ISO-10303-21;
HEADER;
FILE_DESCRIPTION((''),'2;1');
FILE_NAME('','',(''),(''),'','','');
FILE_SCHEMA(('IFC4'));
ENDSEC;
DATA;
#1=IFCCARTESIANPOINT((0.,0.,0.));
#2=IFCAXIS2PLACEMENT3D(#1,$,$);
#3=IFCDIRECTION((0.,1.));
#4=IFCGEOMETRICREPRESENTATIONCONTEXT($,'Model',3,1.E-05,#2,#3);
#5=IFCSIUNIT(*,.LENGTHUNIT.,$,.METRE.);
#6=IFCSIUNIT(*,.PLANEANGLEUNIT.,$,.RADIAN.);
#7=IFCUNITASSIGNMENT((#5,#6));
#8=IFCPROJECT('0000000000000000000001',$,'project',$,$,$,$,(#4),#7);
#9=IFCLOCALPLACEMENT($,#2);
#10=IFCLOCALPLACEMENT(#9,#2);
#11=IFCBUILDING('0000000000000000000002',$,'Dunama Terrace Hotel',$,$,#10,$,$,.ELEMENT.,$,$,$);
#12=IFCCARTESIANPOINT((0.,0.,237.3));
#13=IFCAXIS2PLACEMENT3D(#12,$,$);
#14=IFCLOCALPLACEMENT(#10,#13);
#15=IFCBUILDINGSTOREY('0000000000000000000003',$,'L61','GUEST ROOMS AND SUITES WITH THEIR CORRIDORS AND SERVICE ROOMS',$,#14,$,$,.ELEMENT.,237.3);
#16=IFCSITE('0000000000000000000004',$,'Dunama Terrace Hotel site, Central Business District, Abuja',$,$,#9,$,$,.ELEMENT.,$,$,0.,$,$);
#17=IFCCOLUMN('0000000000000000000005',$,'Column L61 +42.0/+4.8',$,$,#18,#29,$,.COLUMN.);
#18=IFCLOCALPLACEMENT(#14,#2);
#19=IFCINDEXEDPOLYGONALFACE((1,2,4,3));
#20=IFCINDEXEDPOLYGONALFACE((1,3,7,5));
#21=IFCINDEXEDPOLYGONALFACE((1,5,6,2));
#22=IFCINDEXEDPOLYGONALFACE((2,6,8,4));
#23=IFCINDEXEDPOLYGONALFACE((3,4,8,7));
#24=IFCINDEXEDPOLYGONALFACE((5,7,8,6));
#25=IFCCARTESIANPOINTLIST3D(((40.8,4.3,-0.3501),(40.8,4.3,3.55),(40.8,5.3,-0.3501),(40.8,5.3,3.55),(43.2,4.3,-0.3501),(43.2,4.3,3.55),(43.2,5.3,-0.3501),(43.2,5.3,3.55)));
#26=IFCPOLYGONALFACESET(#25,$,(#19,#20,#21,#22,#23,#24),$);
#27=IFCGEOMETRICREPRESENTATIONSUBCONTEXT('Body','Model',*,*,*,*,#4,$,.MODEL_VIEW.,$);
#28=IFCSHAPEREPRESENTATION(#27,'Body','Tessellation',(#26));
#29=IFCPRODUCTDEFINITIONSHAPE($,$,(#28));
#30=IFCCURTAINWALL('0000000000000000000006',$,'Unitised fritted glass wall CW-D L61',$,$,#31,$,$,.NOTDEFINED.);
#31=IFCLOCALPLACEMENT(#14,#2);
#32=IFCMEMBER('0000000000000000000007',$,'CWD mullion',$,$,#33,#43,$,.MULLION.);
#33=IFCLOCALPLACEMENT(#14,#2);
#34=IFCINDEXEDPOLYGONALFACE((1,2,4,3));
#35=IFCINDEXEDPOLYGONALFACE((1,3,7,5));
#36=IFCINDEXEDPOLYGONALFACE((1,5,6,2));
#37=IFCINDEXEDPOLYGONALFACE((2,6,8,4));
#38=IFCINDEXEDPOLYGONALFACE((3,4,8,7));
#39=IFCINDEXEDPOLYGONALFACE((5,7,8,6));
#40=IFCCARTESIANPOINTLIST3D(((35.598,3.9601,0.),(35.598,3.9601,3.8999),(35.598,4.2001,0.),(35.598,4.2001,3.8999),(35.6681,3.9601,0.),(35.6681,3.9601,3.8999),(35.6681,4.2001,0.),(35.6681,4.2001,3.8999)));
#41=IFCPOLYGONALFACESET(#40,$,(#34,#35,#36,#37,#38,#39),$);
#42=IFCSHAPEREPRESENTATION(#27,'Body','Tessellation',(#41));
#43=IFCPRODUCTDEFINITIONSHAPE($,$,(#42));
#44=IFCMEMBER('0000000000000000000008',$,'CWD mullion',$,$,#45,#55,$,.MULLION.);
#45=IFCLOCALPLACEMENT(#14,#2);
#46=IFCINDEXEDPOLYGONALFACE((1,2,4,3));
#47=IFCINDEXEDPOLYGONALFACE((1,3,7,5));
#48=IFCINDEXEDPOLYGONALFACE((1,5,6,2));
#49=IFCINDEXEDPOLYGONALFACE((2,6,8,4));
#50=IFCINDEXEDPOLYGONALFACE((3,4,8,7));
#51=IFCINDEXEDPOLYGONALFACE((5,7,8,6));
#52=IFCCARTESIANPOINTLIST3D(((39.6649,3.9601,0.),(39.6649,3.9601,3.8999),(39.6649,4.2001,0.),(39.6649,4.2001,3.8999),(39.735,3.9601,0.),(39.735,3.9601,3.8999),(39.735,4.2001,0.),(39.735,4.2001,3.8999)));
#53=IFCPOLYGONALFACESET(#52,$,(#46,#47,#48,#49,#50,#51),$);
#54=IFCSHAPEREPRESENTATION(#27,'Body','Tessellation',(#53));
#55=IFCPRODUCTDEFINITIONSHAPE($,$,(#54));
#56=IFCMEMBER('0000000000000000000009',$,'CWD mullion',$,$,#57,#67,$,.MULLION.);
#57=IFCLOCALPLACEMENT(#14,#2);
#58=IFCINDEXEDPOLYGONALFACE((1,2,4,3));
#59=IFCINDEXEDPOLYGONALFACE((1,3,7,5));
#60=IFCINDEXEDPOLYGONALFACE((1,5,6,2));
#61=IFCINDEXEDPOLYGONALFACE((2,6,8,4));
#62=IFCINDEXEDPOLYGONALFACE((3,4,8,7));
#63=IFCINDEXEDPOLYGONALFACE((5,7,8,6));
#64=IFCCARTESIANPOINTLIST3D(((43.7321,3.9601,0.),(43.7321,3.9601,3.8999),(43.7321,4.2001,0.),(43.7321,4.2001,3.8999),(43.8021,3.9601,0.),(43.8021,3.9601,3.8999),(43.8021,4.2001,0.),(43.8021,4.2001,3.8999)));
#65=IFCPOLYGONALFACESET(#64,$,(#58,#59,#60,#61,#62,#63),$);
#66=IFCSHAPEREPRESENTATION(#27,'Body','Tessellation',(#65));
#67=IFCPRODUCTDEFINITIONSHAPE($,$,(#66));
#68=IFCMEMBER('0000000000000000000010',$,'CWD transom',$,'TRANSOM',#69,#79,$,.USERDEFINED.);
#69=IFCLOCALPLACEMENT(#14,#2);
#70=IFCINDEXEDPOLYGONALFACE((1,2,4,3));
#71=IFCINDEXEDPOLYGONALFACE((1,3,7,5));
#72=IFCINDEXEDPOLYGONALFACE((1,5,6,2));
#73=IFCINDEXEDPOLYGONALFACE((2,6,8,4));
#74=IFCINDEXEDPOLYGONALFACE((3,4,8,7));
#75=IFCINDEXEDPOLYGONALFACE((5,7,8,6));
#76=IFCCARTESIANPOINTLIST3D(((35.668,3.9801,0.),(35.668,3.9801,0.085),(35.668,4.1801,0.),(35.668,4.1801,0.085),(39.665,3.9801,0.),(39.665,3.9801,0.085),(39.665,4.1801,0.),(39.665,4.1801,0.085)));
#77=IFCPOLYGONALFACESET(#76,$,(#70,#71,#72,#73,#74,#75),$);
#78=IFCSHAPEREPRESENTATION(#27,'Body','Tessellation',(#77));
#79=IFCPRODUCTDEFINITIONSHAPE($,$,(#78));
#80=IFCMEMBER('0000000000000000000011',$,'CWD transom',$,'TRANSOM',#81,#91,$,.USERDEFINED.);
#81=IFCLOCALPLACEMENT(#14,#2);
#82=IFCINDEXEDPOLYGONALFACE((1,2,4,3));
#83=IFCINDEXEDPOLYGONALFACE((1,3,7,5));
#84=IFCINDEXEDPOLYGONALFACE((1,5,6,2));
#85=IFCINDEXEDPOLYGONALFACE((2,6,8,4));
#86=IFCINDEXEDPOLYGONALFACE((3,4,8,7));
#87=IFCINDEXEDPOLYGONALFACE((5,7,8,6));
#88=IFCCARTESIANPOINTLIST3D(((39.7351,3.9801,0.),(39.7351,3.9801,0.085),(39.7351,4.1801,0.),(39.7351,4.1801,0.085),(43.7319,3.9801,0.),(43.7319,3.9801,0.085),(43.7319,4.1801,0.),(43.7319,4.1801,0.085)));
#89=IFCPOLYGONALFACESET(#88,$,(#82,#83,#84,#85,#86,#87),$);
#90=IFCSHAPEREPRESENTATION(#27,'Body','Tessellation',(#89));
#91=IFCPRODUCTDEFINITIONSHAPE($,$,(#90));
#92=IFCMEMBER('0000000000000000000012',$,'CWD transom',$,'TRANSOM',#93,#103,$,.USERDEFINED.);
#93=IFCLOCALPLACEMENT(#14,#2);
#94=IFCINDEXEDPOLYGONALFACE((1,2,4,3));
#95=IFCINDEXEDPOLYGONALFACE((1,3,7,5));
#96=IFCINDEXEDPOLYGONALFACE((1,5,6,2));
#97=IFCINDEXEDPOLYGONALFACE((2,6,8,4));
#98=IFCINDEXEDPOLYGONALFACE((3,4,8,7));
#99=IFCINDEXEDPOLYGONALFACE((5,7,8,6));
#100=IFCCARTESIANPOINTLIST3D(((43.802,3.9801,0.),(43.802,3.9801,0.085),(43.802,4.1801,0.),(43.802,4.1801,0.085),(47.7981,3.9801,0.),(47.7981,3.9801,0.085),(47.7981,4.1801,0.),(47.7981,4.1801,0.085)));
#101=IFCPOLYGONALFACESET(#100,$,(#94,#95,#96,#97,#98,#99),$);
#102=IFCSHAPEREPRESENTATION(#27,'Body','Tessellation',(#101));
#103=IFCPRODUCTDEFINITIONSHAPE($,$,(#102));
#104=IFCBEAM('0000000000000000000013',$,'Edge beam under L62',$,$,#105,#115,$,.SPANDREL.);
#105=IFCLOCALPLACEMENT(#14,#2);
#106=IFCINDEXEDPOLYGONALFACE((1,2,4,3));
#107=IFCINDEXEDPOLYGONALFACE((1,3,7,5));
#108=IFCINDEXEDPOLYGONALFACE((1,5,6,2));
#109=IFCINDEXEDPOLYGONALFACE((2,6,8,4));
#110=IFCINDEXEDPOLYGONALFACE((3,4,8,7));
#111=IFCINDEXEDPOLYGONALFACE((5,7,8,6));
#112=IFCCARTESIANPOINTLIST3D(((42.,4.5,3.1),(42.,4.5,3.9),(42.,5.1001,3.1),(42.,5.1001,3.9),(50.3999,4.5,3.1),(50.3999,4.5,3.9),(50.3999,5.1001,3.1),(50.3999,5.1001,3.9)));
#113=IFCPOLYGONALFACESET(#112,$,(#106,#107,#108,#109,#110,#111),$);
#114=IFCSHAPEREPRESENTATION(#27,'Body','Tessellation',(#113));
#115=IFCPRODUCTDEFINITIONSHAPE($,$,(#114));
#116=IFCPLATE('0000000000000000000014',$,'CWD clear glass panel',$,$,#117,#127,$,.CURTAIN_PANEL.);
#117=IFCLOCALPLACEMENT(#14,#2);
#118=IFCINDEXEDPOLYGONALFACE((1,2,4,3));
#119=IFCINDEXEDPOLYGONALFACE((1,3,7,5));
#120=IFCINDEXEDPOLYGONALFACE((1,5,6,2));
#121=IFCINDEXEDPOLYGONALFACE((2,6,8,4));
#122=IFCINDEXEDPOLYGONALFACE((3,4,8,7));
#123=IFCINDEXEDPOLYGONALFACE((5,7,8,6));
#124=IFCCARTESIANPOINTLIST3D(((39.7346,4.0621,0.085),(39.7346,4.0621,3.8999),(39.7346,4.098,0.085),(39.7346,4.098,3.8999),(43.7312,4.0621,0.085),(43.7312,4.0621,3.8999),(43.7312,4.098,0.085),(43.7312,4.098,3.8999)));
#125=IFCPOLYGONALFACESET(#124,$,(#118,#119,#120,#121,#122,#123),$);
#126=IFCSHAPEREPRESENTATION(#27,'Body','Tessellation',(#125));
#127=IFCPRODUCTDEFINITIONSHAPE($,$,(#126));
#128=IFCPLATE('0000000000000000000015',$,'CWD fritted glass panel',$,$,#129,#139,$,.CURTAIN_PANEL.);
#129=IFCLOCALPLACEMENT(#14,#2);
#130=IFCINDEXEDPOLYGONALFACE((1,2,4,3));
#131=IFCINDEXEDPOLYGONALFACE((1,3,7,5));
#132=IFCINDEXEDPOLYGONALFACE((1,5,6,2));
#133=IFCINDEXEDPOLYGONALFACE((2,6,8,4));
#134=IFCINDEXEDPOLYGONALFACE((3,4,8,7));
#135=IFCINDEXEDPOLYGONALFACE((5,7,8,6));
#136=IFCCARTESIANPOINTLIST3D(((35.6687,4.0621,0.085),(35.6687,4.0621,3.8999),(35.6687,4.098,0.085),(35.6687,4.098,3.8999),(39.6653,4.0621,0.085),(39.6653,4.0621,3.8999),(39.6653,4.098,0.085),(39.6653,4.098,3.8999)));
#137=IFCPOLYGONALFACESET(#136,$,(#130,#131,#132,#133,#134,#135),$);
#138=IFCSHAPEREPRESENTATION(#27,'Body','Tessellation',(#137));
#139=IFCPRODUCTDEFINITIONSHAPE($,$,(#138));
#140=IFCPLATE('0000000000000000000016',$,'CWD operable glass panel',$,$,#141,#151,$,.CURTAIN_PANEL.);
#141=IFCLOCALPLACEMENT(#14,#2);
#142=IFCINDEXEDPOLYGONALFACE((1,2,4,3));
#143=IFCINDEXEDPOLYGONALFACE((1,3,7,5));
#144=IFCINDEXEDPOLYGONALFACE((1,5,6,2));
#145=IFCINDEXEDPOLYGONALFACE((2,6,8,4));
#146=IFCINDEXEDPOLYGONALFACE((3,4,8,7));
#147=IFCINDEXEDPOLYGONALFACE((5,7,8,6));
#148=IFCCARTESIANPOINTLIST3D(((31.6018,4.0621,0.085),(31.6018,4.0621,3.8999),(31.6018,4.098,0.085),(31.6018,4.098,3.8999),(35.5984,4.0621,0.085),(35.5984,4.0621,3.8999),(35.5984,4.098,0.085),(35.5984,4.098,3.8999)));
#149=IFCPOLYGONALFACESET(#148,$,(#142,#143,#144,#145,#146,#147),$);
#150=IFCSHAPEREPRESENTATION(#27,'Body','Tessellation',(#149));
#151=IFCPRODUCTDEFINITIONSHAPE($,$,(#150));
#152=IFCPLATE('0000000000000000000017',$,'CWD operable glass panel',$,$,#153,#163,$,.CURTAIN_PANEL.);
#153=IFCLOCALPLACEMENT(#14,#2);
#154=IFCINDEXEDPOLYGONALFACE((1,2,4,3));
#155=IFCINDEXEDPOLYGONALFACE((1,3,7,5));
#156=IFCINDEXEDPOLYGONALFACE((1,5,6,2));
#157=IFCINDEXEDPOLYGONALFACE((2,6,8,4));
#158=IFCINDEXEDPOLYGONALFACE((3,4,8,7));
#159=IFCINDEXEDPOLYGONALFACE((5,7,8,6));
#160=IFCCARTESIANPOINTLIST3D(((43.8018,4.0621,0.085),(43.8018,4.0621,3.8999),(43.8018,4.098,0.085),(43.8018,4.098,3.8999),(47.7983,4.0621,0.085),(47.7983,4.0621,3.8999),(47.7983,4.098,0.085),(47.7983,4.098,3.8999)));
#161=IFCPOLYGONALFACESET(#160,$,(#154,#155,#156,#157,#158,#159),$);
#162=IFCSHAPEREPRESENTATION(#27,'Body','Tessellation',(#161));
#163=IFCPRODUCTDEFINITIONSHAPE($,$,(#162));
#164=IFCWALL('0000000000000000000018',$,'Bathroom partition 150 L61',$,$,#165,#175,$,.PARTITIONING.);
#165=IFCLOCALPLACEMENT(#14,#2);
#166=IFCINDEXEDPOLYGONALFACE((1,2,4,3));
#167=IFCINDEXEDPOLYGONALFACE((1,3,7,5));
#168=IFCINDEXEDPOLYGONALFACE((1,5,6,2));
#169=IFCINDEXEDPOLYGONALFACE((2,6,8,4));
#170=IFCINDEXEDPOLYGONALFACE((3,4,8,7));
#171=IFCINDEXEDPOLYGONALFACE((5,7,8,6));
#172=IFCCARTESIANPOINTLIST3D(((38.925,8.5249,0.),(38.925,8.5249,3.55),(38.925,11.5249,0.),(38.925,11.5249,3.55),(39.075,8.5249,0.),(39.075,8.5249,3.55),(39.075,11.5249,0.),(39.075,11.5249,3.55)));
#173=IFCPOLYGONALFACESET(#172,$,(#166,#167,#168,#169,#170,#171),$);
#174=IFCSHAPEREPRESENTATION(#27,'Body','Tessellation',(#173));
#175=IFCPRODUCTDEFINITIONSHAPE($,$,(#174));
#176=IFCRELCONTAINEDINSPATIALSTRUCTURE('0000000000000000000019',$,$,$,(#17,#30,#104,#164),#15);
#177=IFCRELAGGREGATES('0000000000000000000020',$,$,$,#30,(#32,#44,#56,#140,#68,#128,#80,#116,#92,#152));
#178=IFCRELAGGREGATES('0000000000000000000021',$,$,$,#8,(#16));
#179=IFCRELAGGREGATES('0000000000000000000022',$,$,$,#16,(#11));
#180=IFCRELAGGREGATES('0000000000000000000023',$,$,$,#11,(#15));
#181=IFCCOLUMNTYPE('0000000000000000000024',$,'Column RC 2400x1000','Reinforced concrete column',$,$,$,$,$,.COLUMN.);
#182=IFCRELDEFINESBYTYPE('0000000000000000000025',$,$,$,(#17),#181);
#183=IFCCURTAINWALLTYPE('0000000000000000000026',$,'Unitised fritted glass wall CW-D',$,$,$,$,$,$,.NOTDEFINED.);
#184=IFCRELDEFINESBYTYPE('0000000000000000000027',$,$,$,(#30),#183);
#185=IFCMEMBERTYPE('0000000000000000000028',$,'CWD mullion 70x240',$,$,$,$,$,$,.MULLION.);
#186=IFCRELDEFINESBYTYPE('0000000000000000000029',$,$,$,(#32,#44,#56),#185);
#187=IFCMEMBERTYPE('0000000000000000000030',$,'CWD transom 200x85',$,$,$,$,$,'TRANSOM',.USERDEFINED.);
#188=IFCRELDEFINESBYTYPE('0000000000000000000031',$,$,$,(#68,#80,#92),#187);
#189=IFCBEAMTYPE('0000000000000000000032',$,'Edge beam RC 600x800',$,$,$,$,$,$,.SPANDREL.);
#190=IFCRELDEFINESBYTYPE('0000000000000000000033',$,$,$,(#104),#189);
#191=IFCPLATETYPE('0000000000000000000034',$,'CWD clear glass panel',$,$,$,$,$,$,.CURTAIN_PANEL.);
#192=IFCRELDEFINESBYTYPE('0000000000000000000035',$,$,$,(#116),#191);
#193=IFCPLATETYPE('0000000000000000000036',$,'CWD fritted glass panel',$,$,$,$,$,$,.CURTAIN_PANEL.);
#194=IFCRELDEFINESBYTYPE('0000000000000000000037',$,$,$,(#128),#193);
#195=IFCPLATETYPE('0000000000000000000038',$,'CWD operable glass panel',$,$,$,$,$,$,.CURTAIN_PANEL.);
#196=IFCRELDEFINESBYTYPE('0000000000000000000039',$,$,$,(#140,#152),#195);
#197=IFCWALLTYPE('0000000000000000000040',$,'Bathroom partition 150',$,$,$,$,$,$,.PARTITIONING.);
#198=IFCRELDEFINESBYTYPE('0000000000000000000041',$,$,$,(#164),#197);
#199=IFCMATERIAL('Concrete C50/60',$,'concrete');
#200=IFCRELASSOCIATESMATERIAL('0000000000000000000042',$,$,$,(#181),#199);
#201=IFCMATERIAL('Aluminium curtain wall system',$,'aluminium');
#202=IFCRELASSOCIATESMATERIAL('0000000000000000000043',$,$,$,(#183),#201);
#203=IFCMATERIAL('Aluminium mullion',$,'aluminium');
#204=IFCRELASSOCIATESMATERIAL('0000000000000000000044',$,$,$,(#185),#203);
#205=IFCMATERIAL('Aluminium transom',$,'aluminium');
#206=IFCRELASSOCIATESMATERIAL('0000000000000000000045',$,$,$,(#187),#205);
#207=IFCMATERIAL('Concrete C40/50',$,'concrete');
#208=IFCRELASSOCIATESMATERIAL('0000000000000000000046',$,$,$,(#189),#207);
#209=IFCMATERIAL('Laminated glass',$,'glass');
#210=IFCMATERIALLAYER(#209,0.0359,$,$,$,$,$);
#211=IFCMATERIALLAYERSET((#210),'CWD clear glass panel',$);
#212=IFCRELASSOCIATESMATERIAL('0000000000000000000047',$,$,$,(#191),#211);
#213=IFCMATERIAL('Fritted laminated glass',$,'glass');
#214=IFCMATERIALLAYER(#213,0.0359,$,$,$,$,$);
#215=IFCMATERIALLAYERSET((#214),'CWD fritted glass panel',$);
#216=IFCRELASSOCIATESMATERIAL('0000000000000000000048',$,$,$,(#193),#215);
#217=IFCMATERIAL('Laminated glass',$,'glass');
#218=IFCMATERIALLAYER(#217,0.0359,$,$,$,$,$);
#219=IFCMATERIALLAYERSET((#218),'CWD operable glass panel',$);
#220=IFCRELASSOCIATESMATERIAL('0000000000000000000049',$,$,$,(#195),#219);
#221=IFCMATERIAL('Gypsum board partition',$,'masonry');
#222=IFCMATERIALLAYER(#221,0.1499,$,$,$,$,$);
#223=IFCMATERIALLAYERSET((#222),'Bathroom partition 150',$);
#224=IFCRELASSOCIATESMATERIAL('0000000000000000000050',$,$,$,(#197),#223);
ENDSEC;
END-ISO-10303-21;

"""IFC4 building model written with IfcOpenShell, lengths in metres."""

from ifc_helpers import new_model, si_unit, direction, frame, frame_2d, origin, origin_2d, place, context, subcontext, project, spatial, rectangle, extrude, material, layer, layer_set, material_profile, profile_set, type_object, element, aggregate, save


model = new_model("IFC4")

# Units and contexts
model_context = context("Model", 3, precision=1e-05, world=origin(), true_north=direction((0.0, 1.0)))
body_context = subcontext(model_context, "Body", "Model", "MODEL_VIEW")
ifc_project = project(units=[si_unit("LENGTHUNIT", "METRE"), si_unit("PLANEANGLEUNIT", "RADIAN")], contexts=[model_context])

# Site, building, storey
site_placement = place(None, origin())
site = spatial("IfcSite", under=ifc_project, at=site_placement, Name="Dunama Terrace Hotel site, Central Business District, Abuja", CompositionType="ELEMENT", RefElevation=0.0)
building_placement = place(site_placement, origin())
building = spatial("IfcBuilding", under=site, at=building_placement, Name="Dunama Terrace Hotel", CompositionType="ELEMENT")
storey_placement = place(building_placement, frame((0.0, 0.0, 237.3)))
storey = spatial("IfcBuildingStorey", under=building, at=storey_placement, Name="L61", Description="GUEST ROOMS AND SUITES WITH THEIR CORRIDORS AND SERVICE ROOMS", CompositionType="ELEMENT", Elevation=237.3)

# Column
ifc_material_1 = material(Name="Concrete C50/60", Category="concrete")
ifc_material_profile_1 = material_profile(ifc_material_1, rectangle(XDim=2.3999, YDim=1.0, at=origin_2d()), Name="RC 2400x1000")
ifc_profile_set_1 = profile_set([ifc_material_profile_1], Name="Concrete C50/60")
column_type = type_object("IfcColumnType", Name="Column RC 2400x1000", Description="Reinforced concrete column", PredefinedType="COLUMN", material=ifc_profile_set_1)
column_placement = place(storey_placement, frame((42.0, 4.8, -0.3501), z_axis=(0.0, 0.0, 1.0), x_axis=(1.0, 0.0, 0.0)))
element("IfcColumn", 1, at=column_placement, inside=storey, type_object=column_type, Name="Column L61 +42.0/+4.8", PredefinedType="COLUMN", context=body_context, shape_type="SweptSolid", body=[
    extrude(rectangle(XDim=2.3999, YDim=1.0, at=origin_2d()), origin(), (0.0, 0.0, 1.0), 3.9001),
])

# Curtain wall, members
ifc_material_2 = material(Name="Aluminium curtain wall system", Category="aluminium")
curtain_wall_type = type_object("IfcCurtainWallType", Name="Unitised fritted glass wall CW-D", PredefinedType="NOTDEFINED", material=ifc_material_2)
curtain_wall_placement = place(storey_placement, origin())
curtain_wall = element("IfcCurtainWall", 2, at=curtain_wall_placement, inside=storey, type_object=curtain_wall_type, Name="Unitised fritted glass wall CW-D L61", PredefinedType="NOTDEFINED")
ifc_material_3 = material(Name="Aluminium mullion", Category="aluminium")
ifc_material_profile_2 = material_profile(ifc_material_3, rectangle(XDim=0.0701, YDim=0.24, at=origin_2d()), Name="CWD MULLION 70X240")
ifc_profile_set_2 = profile_set([ifc_material_profile_2], Name="Aluminium mullion")
member_type_1 = type_object("IfcMemberType", Name="CWD mullion 70x240", PredefinedType="MULLION", material=ifc_profile_set_2)
member_1_placement = place(storey_placement, frame((35.6331, 4.0801, 0.0), z_axis=(0.0, 0.0, 1.0), x_axis=(1.0, 0.0, 0.0)))
member_1 = element("IfcMember", 3, at=member_1_placement, type_object=member_type_1, Name="CWD mullion", PredefinedType="MULLION", context=body_context, shape_type="SweptSolid", body=[
    extrude(rectangle(XDim=0.0701, YDim=0.24, at=origin_2d()), origin(), (0.0, 0.0, 1.0), 3.8999),
])
member_2_placement = place(storey_placement, frame((39.7, 4.0801, 0.0), z_axis=(0.0, 0.0, 1.0), x_axis=(1.0, 0.0, 0.0)))
member_2 = element("IfcMember", 4, at=member_2_placement, type_object=member_type_1, Name="CWD mullion", PredefinedType="MULLION", context=body_context, shape_type="SweptSolid", body=[
    extrude(rectangle(XDim=0.0701, YDim=0.24, at=origin_2d()), origin(), (0.0, 0.0, 1.0), 3.8999),
])
member_3_placement = place(storey_placement, frame((43.7671, 4.0801, 0.0), z_axis=(0.0, 0.0, 1.0), x_axis=(1.0, 0.0, 0.0)))
member_3 = element("IfcMember", 5, at=member_3_placement, type_object=member_type_1, Name="CWD mullion", PredefinedType="MULLION", context=body_context, shape_type="SweptSolid", body=[
    extrude(rectangle(XDim=0.0701, YDim=0.24, at=origin_2d()), origin(), (0.0, 0.0, 1.0), 3.8999),
])
ifc_material_4 = material(Name="Aluminium transom", Category="aluminium")
ifc_material_profile_3 = material_profile(ifc_material_4, rectangle(XDim=0.2, YDim=0.085, at=origin_2d()), Name="CWD TRANSOM 200X85")
ifc_profile_set_3 = profile_set([ifc_material_profile_3], Name="Aluminium transom")
member_type_2 = type_object("IfcMemberType", Name="CWD transom 200x85", ElementType="TRANSOM", PredefinedType="USERDEFINED", material=ifc_profile_set_3)
member_4_placement = place(storey_placement, frame((35.668, 4.0801, 0.0425), z_axis=(1.0, 0.0, 0.0), x_axis=(0.0, 1.0, 0.0)))
member_4 = element("IfcMember", 6, at=member_4_placement, type_object=member_type_2, Name="CWD transom", ObjectType="TRANSOM", PredefinedType="USERDEFINED", context=body_context, shape_type="SweptSolid", body=[
    extrude(rectangle(XDim=0.2, YDim=0.085, at=origin_2d()), origin(), (0.0, 0.0, 1.0), 3.9971),
])
member_5_placement = place(storey_placement, frame((39.7351, 4.0801, 0.0425), z_axis=(1.0, 0.0, 0.0), x_axis=(0.0, 1.0, 0.0)))
member_5 = element("IfcMember", 7, at=member_5_placement, type_object=member_type_2, Name="CWD transom", ObjectType="TRANSOM", PredefinedType="USERDEFINED", context=body_context, shape_type="SweptSolid", body=[
    extrude(rectangle(XDim=0.2, YDim=0.085, at=origin_2d()), origin(), (0.0, 0.0, 1.0), 3.9968),
])
member_6_placement = place(storey_placement, frame((43.802, 4.0801, 0.0425), z_axis=(1.0, 0.0, 0.0), x_axis=(0.0, 1.0, 0.0)))
member_6 = element("IfcMember", 8, at=member_6_placement, type_object=member_type_2, Name="CWD transom", ObjectType="TRANSOM", PredefinedType="USERDEFINED", context=body_context, shape_type="SweptSolid", body=[
    extrude(rectangle(XDim=0.2, YDim=0.085, at=origin_2d()), origin(), (0.0, 0.0, 1.0), 3.9961),
])

# Beam
ifc_material_5 = material(Name="Concrete C40/50", Category="concrete")
ifc_material_profile_4 = material_profile(ifc_material_5, rectangle(XDim=0.6001, YDim=0.8, at=origin_2d()), Name="RC 600x800")
ifc_profile_set_4 = profile_set([ifc_material_profile_4], Name="Concrete C40/50")
beam_type = type_object("IfcBeamType", Name="Edge beam RC 600x800", PredefinedType="SPANDREL", material=ifc_profile_set_4)
beam_placement = place(storey_placement, frame((42.0, 4.8, 3.5), z_axis=(1.0, 0.0, 0.0), x_axis=(0.0, 1.0, 0.0)))
element("IfcBeam", 9, at=beam_placement, inside=storey, type_object=beam_type, Name="Edge beam under L62", PredefinedType="SPANDREL", context=body_context, shape_type="SweptSolid", body=[
    extrude(rectangle(XDim=0.6001, YDim=0.8, at=origin_2d()), origin(), (0.0, 0.0, 1.0), 8.3999),
])

# Plates
ifc_material_6 = material(Name="Laminated glass", Category="glass")
ifc_layer_1 = layer(ifc_material_6, 0.0359)
ifc_layer_set_1 = layer_set([ifc_layer_1], Name="CWD clear glass panel")
plate_type_1 = type_object("IfcPlateType", Name="CWD clear glass panel", PredefinedType="CURTAIN_PANEL", material=ifc_layer_set_1)
plate_1_placement = place(storey_placement, frame((41.7329, 4.0801, 0.085), z_axis=(0.0, 0.0, 1.0), x_axis=(1.0, 0.0, 0.0)))
plate_1 = element("IfcPlate", 10, at=plate_1_placement, type_object=plate_type_1, Name="CWD clear glass panel", PredefinedType="CURTAIN_PANEL", context=body_context, shape_type="SweptSolid", body=[
    extrude(rectangle(XDim=3.9966, YDim=0.0359, at=origin_2d()), origin(), (0.0, 0.0, 1.0), 3.8149),
])
ifc_material_7 = material(Name="Fritted laminated glass", Category="glass")
ifc_layer_2 = layer(ifc_material_7, 0.0359)
ifc_layer_set_2 = layer_set([ifc_layer_2], Name="CWD fritted glass panel")
plate_type_2 = type_object("IfcPlateType", Name="CWD fritted glass panel", PredefinedType="CURTAIN_PANEL", material=ifc_layer_set_2)
plate_2_placement = place(storey_placement, frame((37.667, 4.0801, 0.085), z_axis=(0.0, 0.0, 1.0), x_axis=(1.0, 0.0, 0.0)))
plate_2 = element("IfcPlate", 11, at=plate_2_placement, type_object=plate_type_2, Name="CWD fritted glass panel", PredefinedType="CURTAIN_PANEL", context=body_context, shape_type="SweptSolid", body=[
    extrude(rectangle(XDim=3.9966, YDim=0.0359, at=origin_2d()), origin(), (0.0, 0.0, 1.0), 3.8149),
])
ifc_material_8 = material(Name="Laminated glass", Category="glass")
ifc_layer_3 = layer(ifc_material_8, 0.0359)
ifc_layer_set_3 = layer_set([ifc_layer_3], Name="CWD operable glass panel")
plate_type_3 = type_object("IfcPlateType", Name="CWD operable glass panel", PredefinedType="CURTAIN_PANEL", material=ifc_layer_set_3)
plate_3_placement = place(storey_placement, frame((33.6001, 4.0801, 0.085), z_axis=(0.0, 0.0, 1.0), x_axis=(1.0, 0.0, 0.0)))
plate_3 = element("IfcPlate", 12, at=plate_3_placement, type_object=plate_type_3, Name="CWD operable glass panel", PredefinedType="CURTAIN_PANEL", context=body_context, shape_type="SweptSolid", body=[
    extrude(rectangle(XDim=3.9966, YDim=0.0359, at=origin_2d()), origin(), (0.0, 0.0, 1.0), 3.8149),
])
plate_4_placement = place(storey_placement, frame((45.8, 4.0801, 0.085), z_axis=(0.0, 0.0, 1.0), x_axis=(1.0, 0.0, 0.0)))
plate_4 = element("IfcPlate", 13, at=plate_4_placement, type_object=plate_type_3, Name="CWD operable glass panel", PredefinedType="CURTAIN_PANEL", context=body_context, shape_type="SweptSolid", body=[
    extrude(rectangle(XDim=3.9966, YDim=0.0359, at=origin_2d()), origin(), (0.0, 0.0, 1.0), 3.8149),
])
aggregate(curtain_wall, [member_1, member_2, member_3, plate_3, member_4, plate_2, member_5, plate_1, member_6, plate_4])

# Wall
ifc_material_9 = material(Name="Gypsum board partition", Category="masonry")
ifc_layer_4 = layer(ifc_material_9, 0.1499)
ifc_layer_set_4 = layer_set([ifc_layer_4], Name="Bathroom partition 150")
wall_type_1 = type_object("IfcWallType", Name="Bathroom partition 150", PredefinedType="PARTITIONING", material=ifc_layer_set_4)
for number, where, z_axis, x_axis, name in (
    (14, (39.0, 8.5249, 0.0), (0.0, 0.0, 1.0), (0.0, 1.0, 0.0), "Bathroom partition 150 L61"),
):
    element("IfcWall", number, at=place(storey_placement, frame(where, z_axis=z_axis, x_axis=x_axis)), inside=storey, type_object=wall_type_1, Name=name, PredefinedType="PARTITIONING", context=body_context, shape_type="SweptSolid", body=[
        extrude(rectangle(XDim=3.0, YDim=0.1499, at=frame_2d((1.5, 0.0))), origin(), (0.0, 0.0, 1.0), 3.55),
    ])

save(model, "model.ifc")
